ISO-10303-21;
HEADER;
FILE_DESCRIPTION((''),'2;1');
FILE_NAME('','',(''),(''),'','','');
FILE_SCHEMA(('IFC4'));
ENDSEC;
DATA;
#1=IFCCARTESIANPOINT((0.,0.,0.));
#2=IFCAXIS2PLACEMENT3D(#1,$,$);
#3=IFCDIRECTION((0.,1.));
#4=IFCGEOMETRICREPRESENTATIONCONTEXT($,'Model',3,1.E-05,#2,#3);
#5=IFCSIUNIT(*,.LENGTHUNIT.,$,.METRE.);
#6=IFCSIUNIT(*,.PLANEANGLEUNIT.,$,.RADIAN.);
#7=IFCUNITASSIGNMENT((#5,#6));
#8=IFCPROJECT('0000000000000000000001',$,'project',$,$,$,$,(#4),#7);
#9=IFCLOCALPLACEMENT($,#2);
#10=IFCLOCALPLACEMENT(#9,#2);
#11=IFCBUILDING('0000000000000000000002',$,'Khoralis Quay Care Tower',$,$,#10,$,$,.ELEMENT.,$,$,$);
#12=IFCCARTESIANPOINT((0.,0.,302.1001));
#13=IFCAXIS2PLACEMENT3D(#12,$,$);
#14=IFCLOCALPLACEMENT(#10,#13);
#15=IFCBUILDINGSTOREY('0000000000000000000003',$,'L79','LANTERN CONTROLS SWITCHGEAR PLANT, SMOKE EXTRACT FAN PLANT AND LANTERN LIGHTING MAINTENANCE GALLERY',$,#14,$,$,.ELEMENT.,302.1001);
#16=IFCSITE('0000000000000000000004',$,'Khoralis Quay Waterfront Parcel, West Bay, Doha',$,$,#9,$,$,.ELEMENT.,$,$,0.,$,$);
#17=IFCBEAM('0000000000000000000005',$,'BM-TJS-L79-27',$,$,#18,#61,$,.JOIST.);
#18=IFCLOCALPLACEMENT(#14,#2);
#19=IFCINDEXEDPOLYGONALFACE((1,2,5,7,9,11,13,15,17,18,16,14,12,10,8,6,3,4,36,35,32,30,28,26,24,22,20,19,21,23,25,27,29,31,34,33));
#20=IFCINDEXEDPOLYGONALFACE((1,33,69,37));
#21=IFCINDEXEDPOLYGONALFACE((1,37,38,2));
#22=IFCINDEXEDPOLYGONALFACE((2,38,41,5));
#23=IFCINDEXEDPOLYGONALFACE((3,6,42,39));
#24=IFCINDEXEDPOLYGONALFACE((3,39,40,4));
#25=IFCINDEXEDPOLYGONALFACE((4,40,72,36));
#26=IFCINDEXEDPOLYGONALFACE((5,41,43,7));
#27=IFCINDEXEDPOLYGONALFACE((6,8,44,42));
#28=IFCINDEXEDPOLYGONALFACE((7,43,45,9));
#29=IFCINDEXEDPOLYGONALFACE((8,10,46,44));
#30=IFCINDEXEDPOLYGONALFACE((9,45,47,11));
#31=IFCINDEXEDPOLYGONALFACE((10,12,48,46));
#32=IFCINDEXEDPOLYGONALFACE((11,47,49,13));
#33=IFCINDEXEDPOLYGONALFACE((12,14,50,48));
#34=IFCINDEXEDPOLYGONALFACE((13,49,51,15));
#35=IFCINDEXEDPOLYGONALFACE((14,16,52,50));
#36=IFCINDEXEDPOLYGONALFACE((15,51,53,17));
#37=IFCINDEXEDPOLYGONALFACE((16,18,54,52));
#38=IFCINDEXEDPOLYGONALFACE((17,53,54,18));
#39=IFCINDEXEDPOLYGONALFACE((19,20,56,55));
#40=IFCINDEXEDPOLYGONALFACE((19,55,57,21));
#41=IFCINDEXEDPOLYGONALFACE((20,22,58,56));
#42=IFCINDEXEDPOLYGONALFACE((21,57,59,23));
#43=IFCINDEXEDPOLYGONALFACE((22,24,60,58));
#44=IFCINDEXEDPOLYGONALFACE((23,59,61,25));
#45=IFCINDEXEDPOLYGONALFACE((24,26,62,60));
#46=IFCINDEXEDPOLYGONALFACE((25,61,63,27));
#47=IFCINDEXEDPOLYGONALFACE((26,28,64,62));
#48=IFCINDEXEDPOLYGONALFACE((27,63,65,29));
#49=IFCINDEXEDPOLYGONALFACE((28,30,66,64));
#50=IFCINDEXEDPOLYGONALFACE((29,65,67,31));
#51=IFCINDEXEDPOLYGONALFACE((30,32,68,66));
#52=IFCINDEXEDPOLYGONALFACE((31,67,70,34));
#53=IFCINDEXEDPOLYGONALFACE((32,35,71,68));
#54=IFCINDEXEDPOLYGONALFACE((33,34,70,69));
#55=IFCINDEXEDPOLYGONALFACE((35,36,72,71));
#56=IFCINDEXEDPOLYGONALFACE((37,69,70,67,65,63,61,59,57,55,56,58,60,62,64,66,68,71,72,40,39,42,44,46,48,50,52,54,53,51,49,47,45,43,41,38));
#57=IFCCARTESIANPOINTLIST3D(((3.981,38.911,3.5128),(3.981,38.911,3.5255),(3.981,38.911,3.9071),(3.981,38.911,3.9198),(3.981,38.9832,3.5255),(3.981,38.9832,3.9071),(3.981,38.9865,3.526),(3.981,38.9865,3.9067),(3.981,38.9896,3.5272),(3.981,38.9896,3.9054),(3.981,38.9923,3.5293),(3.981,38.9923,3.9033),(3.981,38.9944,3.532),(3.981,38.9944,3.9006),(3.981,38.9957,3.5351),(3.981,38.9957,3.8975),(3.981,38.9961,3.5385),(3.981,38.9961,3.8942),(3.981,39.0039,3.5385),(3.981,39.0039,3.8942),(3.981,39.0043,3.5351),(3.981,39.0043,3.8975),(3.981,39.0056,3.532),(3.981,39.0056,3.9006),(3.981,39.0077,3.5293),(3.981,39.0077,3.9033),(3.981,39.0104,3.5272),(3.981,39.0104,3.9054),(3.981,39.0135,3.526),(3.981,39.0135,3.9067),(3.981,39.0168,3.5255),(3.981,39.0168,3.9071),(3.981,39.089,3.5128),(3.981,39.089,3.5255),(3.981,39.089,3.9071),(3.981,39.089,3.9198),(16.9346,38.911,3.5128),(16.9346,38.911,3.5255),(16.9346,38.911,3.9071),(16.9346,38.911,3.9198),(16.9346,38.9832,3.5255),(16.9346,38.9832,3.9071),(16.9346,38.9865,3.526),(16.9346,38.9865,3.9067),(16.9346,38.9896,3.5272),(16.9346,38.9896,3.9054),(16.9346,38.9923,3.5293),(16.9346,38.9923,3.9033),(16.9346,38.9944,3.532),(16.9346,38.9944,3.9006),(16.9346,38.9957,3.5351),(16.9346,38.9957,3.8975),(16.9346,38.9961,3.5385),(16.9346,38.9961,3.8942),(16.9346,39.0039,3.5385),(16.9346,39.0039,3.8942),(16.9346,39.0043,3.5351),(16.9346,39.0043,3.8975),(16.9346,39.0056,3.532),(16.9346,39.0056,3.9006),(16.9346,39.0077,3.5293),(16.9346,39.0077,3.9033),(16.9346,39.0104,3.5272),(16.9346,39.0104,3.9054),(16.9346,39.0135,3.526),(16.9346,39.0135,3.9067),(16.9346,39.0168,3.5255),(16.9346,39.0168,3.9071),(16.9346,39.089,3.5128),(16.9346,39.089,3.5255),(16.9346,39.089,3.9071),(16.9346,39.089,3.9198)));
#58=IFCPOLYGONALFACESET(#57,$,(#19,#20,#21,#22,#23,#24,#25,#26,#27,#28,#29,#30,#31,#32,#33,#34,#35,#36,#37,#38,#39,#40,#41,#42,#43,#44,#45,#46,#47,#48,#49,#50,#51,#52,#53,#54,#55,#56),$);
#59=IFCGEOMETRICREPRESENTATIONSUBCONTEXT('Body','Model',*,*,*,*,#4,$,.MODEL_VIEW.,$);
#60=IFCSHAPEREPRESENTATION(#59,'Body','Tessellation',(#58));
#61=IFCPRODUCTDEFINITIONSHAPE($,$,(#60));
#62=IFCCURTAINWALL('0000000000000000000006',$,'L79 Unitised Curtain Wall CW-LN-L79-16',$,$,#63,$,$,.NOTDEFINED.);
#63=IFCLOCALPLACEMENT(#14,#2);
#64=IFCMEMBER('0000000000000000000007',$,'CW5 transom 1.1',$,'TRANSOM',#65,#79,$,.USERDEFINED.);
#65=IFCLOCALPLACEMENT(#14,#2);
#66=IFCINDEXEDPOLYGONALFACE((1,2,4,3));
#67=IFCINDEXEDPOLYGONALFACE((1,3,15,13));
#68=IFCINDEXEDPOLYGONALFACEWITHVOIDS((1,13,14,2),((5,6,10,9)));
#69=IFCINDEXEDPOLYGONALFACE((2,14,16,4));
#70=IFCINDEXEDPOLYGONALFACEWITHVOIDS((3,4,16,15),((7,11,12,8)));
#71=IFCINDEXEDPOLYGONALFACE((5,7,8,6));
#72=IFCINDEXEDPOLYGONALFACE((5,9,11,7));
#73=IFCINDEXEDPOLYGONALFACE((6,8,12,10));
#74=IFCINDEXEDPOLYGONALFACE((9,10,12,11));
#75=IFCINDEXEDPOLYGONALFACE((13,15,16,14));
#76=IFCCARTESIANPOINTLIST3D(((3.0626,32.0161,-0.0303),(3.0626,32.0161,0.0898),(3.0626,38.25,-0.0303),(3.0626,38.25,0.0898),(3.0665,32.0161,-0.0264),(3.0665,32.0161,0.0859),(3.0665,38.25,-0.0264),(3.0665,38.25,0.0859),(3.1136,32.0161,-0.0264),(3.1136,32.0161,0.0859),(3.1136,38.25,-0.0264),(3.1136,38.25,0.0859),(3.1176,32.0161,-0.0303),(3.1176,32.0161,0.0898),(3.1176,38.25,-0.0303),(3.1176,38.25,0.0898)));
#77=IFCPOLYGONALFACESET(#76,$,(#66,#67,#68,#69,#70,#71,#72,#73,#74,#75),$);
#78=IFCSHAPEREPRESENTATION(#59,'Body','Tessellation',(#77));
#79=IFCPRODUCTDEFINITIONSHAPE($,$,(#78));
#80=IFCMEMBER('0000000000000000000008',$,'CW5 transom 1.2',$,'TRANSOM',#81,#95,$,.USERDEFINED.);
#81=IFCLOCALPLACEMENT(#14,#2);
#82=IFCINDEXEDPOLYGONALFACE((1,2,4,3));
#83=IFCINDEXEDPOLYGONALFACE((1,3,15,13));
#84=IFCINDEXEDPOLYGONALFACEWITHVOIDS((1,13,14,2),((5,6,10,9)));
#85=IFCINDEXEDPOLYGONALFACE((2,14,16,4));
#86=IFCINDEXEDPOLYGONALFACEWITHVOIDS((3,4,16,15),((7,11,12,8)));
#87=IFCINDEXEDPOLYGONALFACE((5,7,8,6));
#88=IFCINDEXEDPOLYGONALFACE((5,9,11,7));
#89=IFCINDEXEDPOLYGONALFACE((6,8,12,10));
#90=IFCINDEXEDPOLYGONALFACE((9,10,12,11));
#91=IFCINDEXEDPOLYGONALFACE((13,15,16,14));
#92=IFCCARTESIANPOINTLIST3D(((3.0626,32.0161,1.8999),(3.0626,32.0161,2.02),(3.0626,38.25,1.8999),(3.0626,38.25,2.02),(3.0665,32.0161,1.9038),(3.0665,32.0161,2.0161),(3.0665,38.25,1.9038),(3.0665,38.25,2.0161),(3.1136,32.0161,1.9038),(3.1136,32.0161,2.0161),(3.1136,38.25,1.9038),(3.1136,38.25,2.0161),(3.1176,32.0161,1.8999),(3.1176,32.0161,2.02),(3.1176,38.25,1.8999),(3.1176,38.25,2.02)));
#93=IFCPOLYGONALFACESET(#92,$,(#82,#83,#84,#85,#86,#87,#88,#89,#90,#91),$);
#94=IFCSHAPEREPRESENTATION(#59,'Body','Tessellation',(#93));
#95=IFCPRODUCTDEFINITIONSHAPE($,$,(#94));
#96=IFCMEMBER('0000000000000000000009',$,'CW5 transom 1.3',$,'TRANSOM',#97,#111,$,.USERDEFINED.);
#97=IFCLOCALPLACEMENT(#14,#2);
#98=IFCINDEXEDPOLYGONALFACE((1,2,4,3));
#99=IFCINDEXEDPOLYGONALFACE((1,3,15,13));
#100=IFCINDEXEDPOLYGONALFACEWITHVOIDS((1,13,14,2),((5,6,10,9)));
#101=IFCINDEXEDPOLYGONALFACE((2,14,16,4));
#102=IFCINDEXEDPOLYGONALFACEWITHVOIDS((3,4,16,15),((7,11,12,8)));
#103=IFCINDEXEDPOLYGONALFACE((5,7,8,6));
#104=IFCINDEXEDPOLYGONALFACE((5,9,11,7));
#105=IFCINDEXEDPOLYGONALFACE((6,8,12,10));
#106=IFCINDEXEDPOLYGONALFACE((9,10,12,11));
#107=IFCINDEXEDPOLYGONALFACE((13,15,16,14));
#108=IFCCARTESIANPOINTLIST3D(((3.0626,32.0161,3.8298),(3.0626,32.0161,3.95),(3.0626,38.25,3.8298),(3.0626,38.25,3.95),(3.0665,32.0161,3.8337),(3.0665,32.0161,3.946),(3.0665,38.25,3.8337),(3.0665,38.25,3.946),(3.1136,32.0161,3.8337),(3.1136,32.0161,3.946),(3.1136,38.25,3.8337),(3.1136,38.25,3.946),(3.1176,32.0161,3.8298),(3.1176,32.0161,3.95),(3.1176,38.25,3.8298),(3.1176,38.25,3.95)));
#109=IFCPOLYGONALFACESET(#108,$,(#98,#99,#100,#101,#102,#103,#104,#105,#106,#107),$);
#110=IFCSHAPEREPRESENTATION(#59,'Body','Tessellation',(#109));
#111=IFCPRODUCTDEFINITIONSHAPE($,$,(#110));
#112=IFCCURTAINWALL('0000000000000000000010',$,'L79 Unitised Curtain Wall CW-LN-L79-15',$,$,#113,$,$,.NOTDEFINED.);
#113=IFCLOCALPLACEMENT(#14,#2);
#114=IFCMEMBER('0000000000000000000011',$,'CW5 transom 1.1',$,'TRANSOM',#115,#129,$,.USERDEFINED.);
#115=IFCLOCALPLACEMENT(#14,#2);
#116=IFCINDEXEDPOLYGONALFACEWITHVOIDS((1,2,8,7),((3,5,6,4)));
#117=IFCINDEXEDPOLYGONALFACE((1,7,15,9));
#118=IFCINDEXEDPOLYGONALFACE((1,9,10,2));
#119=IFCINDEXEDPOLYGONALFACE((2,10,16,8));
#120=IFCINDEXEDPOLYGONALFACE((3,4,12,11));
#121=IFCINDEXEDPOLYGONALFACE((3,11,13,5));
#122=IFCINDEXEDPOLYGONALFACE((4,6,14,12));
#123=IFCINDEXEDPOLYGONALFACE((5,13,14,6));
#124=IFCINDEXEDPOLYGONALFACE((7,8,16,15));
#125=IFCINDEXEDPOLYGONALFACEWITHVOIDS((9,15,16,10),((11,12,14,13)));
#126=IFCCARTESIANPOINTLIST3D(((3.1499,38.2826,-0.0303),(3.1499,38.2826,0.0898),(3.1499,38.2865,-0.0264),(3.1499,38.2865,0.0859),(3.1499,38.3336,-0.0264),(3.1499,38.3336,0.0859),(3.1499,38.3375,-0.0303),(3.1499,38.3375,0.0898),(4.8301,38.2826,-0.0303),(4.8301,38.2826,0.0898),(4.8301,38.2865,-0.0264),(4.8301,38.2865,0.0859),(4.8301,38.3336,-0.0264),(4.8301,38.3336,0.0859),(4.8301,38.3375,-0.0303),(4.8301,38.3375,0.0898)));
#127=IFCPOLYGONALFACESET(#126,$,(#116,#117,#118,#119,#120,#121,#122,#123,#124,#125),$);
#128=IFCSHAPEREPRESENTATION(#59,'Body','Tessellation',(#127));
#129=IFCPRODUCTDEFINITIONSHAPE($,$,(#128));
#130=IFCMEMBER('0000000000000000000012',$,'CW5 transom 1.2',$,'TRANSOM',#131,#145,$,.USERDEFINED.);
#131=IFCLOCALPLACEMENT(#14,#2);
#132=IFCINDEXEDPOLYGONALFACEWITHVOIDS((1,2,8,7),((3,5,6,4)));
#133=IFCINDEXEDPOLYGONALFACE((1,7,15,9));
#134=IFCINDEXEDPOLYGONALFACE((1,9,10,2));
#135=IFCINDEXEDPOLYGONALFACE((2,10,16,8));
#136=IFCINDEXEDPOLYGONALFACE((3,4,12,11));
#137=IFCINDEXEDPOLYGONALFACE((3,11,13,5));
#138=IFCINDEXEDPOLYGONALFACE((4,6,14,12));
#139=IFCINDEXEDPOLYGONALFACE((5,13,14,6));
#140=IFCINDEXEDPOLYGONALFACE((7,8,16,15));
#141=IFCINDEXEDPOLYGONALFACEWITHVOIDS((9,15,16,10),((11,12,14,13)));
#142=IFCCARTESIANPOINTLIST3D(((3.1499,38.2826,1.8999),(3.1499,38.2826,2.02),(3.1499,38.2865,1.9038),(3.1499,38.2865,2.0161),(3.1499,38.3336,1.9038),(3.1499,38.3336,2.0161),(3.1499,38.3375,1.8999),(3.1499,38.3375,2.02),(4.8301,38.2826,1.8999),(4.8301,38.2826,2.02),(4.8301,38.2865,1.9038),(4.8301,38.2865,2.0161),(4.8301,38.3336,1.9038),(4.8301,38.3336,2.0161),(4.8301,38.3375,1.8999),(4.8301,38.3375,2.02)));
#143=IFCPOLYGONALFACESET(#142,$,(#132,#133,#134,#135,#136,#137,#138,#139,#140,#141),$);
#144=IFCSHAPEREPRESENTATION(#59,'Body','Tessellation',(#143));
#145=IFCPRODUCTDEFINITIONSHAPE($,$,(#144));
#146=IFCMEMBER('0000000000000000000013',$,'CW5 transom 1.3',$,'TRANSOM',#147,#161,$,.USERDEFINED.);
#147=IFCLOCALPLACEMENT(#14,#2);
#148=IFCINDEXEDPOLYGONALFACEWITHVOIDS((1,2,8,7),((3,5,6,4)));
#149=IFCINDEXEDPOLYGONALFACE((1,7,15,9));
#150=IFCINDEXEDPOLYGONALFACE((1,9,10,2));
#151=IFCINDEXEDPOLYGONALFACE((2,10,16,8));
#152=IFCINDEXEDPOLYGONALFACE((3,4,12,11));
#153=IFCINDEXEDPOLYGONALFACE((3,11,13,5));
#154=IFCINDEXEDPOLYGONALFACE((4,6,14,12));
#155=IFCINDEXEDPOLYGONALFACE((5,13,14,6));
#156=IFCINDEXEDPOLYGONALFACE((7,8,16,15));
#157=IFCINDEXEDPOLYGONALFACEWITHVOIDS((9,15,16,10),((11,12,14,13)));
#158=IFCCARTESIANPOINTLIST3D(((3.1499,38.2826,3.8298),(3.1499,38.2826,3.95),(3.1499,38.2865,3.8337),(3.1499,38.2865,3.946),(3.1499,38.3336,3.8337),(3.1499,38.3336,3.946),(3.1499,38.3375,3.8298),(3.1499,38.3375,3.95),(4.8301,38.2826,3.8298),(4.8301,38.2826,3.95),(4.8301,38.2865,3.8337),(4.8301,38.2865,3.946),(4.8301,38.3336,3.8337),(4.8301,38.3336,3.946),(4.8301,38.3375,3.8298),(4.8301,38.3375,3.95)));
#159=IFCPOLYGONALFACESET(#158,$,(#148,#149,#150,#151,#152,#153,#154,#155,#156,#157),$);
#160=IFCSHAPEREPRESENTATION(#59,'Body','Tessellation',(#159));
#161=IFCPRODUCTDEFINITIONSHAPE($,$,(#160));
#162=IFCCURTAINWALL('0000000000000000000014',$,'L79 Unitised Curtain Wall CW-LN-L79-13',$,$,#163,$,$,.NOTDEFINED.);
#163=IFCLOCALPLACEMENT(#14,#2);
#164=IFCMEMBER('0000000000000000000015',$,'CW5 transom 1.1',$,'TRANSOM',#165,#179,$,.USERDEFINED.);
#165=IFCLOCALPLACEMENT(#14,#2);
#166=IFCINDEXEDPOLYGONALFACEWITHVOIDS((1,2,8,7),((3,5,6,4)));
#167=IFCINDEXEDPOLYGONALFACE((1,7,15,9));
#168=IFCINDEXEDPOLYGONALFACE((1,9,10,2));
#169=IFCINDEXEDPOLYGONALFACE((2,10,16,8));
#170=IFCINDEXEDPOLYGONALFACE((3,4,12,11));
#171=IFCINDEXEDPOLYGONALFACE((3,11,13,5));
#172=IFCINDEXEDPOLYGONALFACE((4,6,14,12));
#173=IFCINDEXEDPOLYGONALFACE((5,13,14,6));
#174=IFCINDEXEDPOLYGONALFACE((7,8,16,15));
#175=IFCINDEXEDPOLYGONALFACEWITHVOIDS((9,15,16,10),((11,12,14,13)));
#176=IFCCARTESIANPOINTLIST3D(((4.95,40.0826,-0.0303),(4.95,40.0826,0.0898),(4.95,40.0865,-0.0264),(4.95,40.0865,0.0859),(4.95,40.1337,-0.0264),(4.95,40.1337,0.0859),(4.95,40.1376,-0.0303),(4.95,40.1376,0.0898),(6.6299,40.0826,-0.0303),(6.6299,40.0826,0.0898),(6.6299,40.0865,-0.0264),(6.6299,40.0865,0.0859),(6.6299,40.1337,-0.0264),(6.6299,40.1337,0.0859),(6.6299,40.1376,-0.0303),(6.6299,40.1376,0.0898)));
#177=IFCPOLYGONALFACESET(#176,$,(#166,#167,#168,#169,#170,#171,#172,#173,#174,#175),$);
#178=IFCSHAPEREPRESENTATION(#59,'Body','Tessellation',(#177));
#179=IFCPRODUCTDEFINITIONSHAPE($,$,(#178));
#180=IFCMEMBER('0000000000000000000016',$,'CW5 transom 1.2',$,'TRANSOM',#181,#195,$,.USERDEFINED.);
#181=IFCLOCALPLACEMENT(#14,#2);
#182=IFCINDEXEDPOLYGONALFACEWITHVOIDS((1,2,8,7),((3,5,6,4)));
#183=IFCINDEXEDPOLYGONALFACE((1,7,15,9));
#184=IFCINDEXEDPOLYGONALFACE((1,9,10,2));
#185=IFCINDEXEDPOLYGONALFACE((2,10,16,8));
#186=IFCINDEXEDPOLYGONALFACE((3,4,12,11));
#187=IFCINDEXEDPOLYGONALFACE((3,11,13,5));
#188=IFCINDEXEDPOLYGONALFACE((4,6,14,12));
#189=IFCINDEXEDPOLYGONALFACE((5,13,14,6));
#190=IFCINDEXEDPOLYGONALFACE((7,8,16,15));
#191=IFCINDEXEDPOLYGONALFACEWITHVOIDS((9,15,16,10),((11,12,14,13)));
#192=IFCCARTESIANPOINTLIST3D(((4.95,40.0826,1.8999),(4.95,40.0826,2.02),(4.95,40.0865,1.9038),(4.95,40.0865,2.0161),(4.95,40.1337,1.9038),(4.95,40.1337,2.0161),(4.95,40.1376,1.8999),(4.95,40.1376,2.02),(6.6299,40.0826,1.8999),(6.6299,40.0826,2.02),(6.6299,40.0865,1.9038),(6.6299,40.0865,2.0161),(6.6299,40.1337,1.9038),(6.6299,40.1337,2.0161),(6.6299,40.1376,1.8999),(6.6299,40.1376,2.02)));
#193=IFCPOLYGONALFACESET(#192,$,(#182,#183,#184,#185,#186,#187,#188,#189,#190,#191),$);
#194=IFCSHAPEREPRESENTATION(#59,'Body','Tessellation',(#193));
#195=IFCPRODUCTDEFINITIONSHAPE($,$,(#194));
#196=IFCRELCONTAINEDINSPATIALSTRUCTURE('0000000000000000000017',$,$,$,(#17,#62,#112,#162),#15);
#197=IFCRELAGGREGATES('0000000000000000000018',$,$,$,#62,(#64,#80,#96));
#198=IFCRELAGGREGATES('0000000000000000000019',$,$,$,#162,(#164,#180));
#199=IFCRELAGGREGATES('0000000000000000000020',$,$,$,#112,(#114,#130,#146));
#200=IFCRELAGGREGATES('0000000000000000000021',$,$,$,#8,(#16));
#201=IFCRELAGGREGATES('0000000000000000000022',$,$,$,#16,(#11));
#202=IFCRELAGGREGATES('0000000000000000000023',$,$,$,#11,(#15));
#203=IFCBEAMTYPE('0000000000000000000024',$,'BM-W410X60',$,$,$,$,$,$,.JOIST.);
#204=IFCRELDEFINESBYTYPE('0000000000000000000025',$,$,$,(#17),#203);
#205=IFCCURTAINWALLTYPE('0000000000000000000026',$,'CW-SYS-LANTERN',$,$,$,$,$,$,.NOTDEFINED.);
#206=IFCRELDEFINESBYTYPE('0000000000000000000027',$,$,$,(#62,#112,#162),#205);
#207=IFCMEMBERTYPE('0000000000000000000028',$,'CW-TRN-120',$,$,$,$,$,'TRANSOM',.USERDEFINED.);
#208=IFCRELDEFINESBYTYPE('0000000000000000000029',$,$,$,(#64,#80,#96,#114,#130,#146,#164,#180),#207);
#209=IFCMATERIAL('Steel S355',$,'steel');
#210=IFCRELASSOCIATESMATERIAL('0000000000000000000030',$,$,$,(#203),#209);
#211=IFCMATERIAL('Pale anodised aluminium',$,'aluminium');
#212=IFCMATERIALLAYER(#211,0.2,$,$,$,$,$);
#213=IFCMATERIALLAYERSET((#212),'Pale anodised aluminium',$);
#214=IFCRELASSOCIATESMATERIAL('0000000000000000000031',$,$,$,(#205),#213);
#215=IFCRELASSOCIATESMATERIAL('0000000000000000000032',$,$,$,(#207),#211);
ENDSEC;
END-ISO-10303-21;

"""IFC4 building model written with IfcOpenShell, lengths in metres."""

from ifc_helpers import new_model, si_unit, direction, frame, origin, origin_2d, place, context, subcontext, project, spatial, hollow_rectangle, i_section, extrude, source, transform, mapped, material, layer, layer_set, material_profile, profile_set, type_object, element, aggregate, save


model = new_model("IFC4")

# Units and contexts
model_context = context("Model", 3, precision=1e-05, world=origin(), true_north=direction((0.0, 1.0)))
body_context = subcontext(model_context, "Body", "Model", "MODEL_VIEW")
ifc_project = project(units=[si_unit("LENGTHUNIT", "METRE"), si_unit("PLANEANGLEUNIT", "RADIAN")], contexts=[model_context])

# Site, building, storey
site_placement = place(None, origin())
site = spatial("IfcSite", under=ifc_project, at=site_placement, Name="Khoralis Quay Waterfront Parcel, West Bay, Doha", CompositionType="ELEMENT", RefElevation=0.0)
building_placement = place(site_placement, origin())
building = spatial("IfcBuilding", under=site, at=building_placement, Name="Khoralis Quay Care Tower", CompositionType="ELEMENT")
storey_placement = place(building_placement, frame((0.0, 0.0, 302.1001)))
storey = spatial("IfcBuildingStorey", under=building, at=storey_placement, Name="L79", Description="LANTERN CONTROLS SWITCHGEAR PLANT, SMOKE EXTRACT FAN PLANT AND LANTERN LIGHTING MAINTENANCE GALLERY", CompositionType="ELEMENT", Elevation=302.1001)

# Beam
ifc_material_1 = material(Name="Steel S355", Category="steel")
ifc_material_profile_1 = material_profile(ifc_material_1, i_section(OverallWidth=0.178, OverallDepth=0.407, WebThickness=0.0078, FlangeThickness=0.0127, FilletRadius=0.0129, at=origin_2d()), Name="Steel S355")
ifc_profile_set_1 = profile_set([ifc_material_profile_1], Name="Steel S355")
beam_type = type_object("IfcBeamType", Name="BM-W410X60", PredefinedType="JOIST", material=ifc_profile_set_1)
shared_shape_1 = source(origin(), body_context, "Body", "SweptSolid", [
    extrude(i_section(OverallWidth=0.178, OverallDepth=0.407, WebThickness=0.0078, FlangeThickness=0.0127, FilletRadius=0.0129, at=origin_2d()), origin(), (0.0, 0.0, 1.0), 12.9536),
])
beam_placement = place(storey_placement, frame((3.981, 39.0, 3.7163), z_axis=(1.0, 0.0, 0.0), x_axis=(0.0, 1.0, 0.0)))
element("IfcBeam", 1, at=beam_placement, inside=storey, type_object=beam_type, Name="BM-TJS-L79-27", PredefinedType="JOIST", context=body_context, shape_type="MappedRepresentation", body=[
    mapped(shared_shape_1, transform((0.0, 0.0, 0.0), scale=1.0)),
])

# Curtain walls, members
ifc_material_2 = material(Name="Pale anodised aluminium", Category="aluminium")
ifc_layer_1 = layer(ifc_material_2, 0.2)
ifc_layer_set_1 = layer_set([ifc_layer_1], Name="Pale anodised aluminium")
curtain_wall_type = type_object("IfcCurtainWallType", Name="CW-SYS-LANTERN", PredefinedType="NOTDEFINED", material=ifc_layer_set_1)
curtain_wall_1_placement = place(storey_placement, origin())
curtain_wall_1 = element("IfcCurtainWall", 2, at=curtain_wall_1_placement, inside=storey, type_object=curtain_wall_type, Name="L79 Unitised Curtain Wall CW-LN-L79-16", PredefinedType="NOTDEFINED")
ifc_material_profile_2 = material_profile(ifc_material_2, hollow_rectangle(XDim=0.0549, YDim=0.1201, WallThickness=0.0039, at=origin_2d()), Name="Pale anodised aluminium")
ifc_profile_set_2 = profile_set([ifc_material_profile_2], Name="Pale anodised aluminium")
member_type_1 = type_object("IfcMemberType", Name="CW-TRN-120", ElementType="TRANSOM", PredefinedType="USERDEFINED", material=ifc_profile_set_2)
shared_shape_2 = source(origin(), body_context, "Body", "SweptSolid", [
    extrude(hollow_rectangle(XDim=0.0549, YDim=0.1201, WallThickness=0.0039, at=origin_2d()), origin(), (0.0, 0.0, 1.0), 6.2339),
])
member_1_placement = place(storey_placement, frame((3.0901, 38.25, 0.0298), z_axis=(0.0, -1.0, 0.0), x_axis=(1.0, 0.0, 0.0)))
member_1 = element("IfcMember", 3, at=member_1_placement, type_object=member_type_1, Name="CW5 transom 1.1", ObjectType="TRANSOM", PredefinedType="USERDEFINED", context=body_context, shape_type="MappedRepresentation", body=[
    mapped(shared_shape_2, transform((0.0, 0.0, 0.0), scale=1.0)),
])
member_2_placement = place(storey_placement, frame((3.0901, 38.25, 1.96), z_axis=(0.0, -1.0, 0.0), x_axis=(1.0, 0.0, 0.0)))
member_2 = element("IfcMember", 4, at=member_2_placement, type_object=member_type_1, Name="CW5 transom 1.2", ObjectType="TRANSOM", PredefinedType="USERDEFINED", context=body_context, shape_type="MappedRepresentation", body=[
    mapped(shared_shape_2, transform((0.0, 0.0, 0.0), scale=1.0)),
])
member_3_placement = place(storey_placement, frame((3.0901, 38.25, 3.8899), z_axis=(0.0, -1.0, 0.0), x_axis=(1.0, 0.0, 0.0)))
member_3 = element("IfcMember", 5, at=member_3_placement, type_object=member_type_1, Name="CW5 transom 1.3", ObjectType="TRANSOM", PredefinedType="USERDEFINED", context=body_context, shape_type="MappedRepresentation", body=[
    mapped(shared_shape_2, transform((0.0, 0.0, 0.0), scale=1.0)),
])
curtain_wall_2_placement = place(storey_placement, origin())
curtain_wall_2 = element("IfcCurtainWall", 6, at=curtain_wall_2_placement, inside=storey, type_object=curtain_wall_type, Name="L79 Unitised Curtain Wall CW-LN-L79-15", PredefinedType="NOTDEFINED")
shared_shape_3 = source(origin(), body_context, "Body", "SweptSolid", [
    extrude(hollow_rectangle(XDim=0.0549, YDim=0.1201, WallThickness=0.0039, at=origin_2d()), origin(), (0.0, 0.0, 1.0), 1.6802),
])
member_4_placement = place(storey_placement, frame((4.8301, 38.3101, 0.0298), z_axis=(-1.0, 0.0, 0.0), x_axis=(0.0, -1.0, 0.0)))
member_4 = element("IfcMember", 7, at=member_4_placement, type_object=member_type_1, Name="CW5 transom 1.1", ObjectType="TRANSOM", PredefinedType="USERDEFINED", context=body_context, shape_type="MappedRepresentation", body=[
    mapped(shared_shape_3, transform((0.0, 0.0, 0.0), scale=1.0)),
])
member_5_placement = place(storey_placement, frame((4.8301, 38.3101, 1.96), z_axis=(-1.0, 0.0, 0.0), x_axis=(0.0, -1.0, 0.0)))
member_5 = element("IfcMember", 8, at=member_5_placement, type_object=member_type_1, Name="CW5 transom 1.2", ObjectType="TRANSOM", PredefinedType="USERDEFINED", context=body_context, shape_type="MappedRepresentation", body=[
    mapped(shared_shape_3, transform((0.0, 0.0, 0.0), scale=1.0)),
])
member_6_placement = place(storey_placement, frame((4.8301, 38.3101, 3.8899), z_axis=(-1.0, 0.0, 0.0), x_axis=(0.0, -1.0, 0.0)))
member_6 = element("IfcMember", 9, at=member_6_placement, type_object=member_type_1, Name="CW5 transom 1.3", ObjectType="TRANSOM", PredefinedType="USERDEFINED", context=body_context, shape_type="MappedRepresentation", body=[
    mapped(shared_shape_3, transform((0.0, 0.0, 0.0), scale=1.0)),
])
curtain_wall_3_placement = place(storey_placement, origin())
curtain_wall_3 = element("IfcCurtainWall", 10, at=curtain_wall_3_placement, inside=storey, type_object=curtain_wall_type, Name="L79 Unitised Curtain Wall CW-LN-L79-13", PredefinedType="NOTDEFINED")
shared_shape_4 = source(origin(), body_context, "Body", "SweptSolid", [
    extrude(hollow_rectangle(XDim=0.0549, YDim=0.1201, WallThickness=0.0039, at=origin_2d()), origin(), (0.0, 0.0, 1.0), 1.6799),
])
member_7_placement = place(storey_placement, frame((6.6299, 40.1101, 0.0298), z_axis=(-1.0, 0.0, 0.0), x_axis=(0.0, -1.0, 0.0)))
member_7 = element("IfcMember", 11, at=member_7_placement, type_object=member_type_1, Name="CW5 transom 1.1", ObjectType="TRANSOM", PredefinedType="USERDEFINED", context=body_context, shape_type="MappedRepresentation", body=[
    mapped(shared_shape_4, transform((0.0, 0.0, 0.0), scale=1.0)),
])
member_8_placement = place(storey_placement, frame((6.6299, 40.1101, 1.96), z_axis=(-1.0, 0.0, 0.0), x_axis=(0.0, -1.0, 0.0)))
member_8 = element("IfcMember", 12, at=member_8_placement, type_object=member_type_1, Name="CW5 transom 1.2", ObjectType="TRANSOM", PredefinedType="USERDEFINED", context=body_context, shape_type="MappedRepresentation", body=[
    mapped(shared_shape_4, transform((0.0, 0.0, 0.0), scale=1.0)),
])

aggregate(curtain_wall_1, [member_1, member_2, member_3])

aggregate(curtain_wall_3, [member_7, member_8])
aggregate(curtain_wall_2, [member_4, member_5, member_6])

save(model, "model.ifc")
